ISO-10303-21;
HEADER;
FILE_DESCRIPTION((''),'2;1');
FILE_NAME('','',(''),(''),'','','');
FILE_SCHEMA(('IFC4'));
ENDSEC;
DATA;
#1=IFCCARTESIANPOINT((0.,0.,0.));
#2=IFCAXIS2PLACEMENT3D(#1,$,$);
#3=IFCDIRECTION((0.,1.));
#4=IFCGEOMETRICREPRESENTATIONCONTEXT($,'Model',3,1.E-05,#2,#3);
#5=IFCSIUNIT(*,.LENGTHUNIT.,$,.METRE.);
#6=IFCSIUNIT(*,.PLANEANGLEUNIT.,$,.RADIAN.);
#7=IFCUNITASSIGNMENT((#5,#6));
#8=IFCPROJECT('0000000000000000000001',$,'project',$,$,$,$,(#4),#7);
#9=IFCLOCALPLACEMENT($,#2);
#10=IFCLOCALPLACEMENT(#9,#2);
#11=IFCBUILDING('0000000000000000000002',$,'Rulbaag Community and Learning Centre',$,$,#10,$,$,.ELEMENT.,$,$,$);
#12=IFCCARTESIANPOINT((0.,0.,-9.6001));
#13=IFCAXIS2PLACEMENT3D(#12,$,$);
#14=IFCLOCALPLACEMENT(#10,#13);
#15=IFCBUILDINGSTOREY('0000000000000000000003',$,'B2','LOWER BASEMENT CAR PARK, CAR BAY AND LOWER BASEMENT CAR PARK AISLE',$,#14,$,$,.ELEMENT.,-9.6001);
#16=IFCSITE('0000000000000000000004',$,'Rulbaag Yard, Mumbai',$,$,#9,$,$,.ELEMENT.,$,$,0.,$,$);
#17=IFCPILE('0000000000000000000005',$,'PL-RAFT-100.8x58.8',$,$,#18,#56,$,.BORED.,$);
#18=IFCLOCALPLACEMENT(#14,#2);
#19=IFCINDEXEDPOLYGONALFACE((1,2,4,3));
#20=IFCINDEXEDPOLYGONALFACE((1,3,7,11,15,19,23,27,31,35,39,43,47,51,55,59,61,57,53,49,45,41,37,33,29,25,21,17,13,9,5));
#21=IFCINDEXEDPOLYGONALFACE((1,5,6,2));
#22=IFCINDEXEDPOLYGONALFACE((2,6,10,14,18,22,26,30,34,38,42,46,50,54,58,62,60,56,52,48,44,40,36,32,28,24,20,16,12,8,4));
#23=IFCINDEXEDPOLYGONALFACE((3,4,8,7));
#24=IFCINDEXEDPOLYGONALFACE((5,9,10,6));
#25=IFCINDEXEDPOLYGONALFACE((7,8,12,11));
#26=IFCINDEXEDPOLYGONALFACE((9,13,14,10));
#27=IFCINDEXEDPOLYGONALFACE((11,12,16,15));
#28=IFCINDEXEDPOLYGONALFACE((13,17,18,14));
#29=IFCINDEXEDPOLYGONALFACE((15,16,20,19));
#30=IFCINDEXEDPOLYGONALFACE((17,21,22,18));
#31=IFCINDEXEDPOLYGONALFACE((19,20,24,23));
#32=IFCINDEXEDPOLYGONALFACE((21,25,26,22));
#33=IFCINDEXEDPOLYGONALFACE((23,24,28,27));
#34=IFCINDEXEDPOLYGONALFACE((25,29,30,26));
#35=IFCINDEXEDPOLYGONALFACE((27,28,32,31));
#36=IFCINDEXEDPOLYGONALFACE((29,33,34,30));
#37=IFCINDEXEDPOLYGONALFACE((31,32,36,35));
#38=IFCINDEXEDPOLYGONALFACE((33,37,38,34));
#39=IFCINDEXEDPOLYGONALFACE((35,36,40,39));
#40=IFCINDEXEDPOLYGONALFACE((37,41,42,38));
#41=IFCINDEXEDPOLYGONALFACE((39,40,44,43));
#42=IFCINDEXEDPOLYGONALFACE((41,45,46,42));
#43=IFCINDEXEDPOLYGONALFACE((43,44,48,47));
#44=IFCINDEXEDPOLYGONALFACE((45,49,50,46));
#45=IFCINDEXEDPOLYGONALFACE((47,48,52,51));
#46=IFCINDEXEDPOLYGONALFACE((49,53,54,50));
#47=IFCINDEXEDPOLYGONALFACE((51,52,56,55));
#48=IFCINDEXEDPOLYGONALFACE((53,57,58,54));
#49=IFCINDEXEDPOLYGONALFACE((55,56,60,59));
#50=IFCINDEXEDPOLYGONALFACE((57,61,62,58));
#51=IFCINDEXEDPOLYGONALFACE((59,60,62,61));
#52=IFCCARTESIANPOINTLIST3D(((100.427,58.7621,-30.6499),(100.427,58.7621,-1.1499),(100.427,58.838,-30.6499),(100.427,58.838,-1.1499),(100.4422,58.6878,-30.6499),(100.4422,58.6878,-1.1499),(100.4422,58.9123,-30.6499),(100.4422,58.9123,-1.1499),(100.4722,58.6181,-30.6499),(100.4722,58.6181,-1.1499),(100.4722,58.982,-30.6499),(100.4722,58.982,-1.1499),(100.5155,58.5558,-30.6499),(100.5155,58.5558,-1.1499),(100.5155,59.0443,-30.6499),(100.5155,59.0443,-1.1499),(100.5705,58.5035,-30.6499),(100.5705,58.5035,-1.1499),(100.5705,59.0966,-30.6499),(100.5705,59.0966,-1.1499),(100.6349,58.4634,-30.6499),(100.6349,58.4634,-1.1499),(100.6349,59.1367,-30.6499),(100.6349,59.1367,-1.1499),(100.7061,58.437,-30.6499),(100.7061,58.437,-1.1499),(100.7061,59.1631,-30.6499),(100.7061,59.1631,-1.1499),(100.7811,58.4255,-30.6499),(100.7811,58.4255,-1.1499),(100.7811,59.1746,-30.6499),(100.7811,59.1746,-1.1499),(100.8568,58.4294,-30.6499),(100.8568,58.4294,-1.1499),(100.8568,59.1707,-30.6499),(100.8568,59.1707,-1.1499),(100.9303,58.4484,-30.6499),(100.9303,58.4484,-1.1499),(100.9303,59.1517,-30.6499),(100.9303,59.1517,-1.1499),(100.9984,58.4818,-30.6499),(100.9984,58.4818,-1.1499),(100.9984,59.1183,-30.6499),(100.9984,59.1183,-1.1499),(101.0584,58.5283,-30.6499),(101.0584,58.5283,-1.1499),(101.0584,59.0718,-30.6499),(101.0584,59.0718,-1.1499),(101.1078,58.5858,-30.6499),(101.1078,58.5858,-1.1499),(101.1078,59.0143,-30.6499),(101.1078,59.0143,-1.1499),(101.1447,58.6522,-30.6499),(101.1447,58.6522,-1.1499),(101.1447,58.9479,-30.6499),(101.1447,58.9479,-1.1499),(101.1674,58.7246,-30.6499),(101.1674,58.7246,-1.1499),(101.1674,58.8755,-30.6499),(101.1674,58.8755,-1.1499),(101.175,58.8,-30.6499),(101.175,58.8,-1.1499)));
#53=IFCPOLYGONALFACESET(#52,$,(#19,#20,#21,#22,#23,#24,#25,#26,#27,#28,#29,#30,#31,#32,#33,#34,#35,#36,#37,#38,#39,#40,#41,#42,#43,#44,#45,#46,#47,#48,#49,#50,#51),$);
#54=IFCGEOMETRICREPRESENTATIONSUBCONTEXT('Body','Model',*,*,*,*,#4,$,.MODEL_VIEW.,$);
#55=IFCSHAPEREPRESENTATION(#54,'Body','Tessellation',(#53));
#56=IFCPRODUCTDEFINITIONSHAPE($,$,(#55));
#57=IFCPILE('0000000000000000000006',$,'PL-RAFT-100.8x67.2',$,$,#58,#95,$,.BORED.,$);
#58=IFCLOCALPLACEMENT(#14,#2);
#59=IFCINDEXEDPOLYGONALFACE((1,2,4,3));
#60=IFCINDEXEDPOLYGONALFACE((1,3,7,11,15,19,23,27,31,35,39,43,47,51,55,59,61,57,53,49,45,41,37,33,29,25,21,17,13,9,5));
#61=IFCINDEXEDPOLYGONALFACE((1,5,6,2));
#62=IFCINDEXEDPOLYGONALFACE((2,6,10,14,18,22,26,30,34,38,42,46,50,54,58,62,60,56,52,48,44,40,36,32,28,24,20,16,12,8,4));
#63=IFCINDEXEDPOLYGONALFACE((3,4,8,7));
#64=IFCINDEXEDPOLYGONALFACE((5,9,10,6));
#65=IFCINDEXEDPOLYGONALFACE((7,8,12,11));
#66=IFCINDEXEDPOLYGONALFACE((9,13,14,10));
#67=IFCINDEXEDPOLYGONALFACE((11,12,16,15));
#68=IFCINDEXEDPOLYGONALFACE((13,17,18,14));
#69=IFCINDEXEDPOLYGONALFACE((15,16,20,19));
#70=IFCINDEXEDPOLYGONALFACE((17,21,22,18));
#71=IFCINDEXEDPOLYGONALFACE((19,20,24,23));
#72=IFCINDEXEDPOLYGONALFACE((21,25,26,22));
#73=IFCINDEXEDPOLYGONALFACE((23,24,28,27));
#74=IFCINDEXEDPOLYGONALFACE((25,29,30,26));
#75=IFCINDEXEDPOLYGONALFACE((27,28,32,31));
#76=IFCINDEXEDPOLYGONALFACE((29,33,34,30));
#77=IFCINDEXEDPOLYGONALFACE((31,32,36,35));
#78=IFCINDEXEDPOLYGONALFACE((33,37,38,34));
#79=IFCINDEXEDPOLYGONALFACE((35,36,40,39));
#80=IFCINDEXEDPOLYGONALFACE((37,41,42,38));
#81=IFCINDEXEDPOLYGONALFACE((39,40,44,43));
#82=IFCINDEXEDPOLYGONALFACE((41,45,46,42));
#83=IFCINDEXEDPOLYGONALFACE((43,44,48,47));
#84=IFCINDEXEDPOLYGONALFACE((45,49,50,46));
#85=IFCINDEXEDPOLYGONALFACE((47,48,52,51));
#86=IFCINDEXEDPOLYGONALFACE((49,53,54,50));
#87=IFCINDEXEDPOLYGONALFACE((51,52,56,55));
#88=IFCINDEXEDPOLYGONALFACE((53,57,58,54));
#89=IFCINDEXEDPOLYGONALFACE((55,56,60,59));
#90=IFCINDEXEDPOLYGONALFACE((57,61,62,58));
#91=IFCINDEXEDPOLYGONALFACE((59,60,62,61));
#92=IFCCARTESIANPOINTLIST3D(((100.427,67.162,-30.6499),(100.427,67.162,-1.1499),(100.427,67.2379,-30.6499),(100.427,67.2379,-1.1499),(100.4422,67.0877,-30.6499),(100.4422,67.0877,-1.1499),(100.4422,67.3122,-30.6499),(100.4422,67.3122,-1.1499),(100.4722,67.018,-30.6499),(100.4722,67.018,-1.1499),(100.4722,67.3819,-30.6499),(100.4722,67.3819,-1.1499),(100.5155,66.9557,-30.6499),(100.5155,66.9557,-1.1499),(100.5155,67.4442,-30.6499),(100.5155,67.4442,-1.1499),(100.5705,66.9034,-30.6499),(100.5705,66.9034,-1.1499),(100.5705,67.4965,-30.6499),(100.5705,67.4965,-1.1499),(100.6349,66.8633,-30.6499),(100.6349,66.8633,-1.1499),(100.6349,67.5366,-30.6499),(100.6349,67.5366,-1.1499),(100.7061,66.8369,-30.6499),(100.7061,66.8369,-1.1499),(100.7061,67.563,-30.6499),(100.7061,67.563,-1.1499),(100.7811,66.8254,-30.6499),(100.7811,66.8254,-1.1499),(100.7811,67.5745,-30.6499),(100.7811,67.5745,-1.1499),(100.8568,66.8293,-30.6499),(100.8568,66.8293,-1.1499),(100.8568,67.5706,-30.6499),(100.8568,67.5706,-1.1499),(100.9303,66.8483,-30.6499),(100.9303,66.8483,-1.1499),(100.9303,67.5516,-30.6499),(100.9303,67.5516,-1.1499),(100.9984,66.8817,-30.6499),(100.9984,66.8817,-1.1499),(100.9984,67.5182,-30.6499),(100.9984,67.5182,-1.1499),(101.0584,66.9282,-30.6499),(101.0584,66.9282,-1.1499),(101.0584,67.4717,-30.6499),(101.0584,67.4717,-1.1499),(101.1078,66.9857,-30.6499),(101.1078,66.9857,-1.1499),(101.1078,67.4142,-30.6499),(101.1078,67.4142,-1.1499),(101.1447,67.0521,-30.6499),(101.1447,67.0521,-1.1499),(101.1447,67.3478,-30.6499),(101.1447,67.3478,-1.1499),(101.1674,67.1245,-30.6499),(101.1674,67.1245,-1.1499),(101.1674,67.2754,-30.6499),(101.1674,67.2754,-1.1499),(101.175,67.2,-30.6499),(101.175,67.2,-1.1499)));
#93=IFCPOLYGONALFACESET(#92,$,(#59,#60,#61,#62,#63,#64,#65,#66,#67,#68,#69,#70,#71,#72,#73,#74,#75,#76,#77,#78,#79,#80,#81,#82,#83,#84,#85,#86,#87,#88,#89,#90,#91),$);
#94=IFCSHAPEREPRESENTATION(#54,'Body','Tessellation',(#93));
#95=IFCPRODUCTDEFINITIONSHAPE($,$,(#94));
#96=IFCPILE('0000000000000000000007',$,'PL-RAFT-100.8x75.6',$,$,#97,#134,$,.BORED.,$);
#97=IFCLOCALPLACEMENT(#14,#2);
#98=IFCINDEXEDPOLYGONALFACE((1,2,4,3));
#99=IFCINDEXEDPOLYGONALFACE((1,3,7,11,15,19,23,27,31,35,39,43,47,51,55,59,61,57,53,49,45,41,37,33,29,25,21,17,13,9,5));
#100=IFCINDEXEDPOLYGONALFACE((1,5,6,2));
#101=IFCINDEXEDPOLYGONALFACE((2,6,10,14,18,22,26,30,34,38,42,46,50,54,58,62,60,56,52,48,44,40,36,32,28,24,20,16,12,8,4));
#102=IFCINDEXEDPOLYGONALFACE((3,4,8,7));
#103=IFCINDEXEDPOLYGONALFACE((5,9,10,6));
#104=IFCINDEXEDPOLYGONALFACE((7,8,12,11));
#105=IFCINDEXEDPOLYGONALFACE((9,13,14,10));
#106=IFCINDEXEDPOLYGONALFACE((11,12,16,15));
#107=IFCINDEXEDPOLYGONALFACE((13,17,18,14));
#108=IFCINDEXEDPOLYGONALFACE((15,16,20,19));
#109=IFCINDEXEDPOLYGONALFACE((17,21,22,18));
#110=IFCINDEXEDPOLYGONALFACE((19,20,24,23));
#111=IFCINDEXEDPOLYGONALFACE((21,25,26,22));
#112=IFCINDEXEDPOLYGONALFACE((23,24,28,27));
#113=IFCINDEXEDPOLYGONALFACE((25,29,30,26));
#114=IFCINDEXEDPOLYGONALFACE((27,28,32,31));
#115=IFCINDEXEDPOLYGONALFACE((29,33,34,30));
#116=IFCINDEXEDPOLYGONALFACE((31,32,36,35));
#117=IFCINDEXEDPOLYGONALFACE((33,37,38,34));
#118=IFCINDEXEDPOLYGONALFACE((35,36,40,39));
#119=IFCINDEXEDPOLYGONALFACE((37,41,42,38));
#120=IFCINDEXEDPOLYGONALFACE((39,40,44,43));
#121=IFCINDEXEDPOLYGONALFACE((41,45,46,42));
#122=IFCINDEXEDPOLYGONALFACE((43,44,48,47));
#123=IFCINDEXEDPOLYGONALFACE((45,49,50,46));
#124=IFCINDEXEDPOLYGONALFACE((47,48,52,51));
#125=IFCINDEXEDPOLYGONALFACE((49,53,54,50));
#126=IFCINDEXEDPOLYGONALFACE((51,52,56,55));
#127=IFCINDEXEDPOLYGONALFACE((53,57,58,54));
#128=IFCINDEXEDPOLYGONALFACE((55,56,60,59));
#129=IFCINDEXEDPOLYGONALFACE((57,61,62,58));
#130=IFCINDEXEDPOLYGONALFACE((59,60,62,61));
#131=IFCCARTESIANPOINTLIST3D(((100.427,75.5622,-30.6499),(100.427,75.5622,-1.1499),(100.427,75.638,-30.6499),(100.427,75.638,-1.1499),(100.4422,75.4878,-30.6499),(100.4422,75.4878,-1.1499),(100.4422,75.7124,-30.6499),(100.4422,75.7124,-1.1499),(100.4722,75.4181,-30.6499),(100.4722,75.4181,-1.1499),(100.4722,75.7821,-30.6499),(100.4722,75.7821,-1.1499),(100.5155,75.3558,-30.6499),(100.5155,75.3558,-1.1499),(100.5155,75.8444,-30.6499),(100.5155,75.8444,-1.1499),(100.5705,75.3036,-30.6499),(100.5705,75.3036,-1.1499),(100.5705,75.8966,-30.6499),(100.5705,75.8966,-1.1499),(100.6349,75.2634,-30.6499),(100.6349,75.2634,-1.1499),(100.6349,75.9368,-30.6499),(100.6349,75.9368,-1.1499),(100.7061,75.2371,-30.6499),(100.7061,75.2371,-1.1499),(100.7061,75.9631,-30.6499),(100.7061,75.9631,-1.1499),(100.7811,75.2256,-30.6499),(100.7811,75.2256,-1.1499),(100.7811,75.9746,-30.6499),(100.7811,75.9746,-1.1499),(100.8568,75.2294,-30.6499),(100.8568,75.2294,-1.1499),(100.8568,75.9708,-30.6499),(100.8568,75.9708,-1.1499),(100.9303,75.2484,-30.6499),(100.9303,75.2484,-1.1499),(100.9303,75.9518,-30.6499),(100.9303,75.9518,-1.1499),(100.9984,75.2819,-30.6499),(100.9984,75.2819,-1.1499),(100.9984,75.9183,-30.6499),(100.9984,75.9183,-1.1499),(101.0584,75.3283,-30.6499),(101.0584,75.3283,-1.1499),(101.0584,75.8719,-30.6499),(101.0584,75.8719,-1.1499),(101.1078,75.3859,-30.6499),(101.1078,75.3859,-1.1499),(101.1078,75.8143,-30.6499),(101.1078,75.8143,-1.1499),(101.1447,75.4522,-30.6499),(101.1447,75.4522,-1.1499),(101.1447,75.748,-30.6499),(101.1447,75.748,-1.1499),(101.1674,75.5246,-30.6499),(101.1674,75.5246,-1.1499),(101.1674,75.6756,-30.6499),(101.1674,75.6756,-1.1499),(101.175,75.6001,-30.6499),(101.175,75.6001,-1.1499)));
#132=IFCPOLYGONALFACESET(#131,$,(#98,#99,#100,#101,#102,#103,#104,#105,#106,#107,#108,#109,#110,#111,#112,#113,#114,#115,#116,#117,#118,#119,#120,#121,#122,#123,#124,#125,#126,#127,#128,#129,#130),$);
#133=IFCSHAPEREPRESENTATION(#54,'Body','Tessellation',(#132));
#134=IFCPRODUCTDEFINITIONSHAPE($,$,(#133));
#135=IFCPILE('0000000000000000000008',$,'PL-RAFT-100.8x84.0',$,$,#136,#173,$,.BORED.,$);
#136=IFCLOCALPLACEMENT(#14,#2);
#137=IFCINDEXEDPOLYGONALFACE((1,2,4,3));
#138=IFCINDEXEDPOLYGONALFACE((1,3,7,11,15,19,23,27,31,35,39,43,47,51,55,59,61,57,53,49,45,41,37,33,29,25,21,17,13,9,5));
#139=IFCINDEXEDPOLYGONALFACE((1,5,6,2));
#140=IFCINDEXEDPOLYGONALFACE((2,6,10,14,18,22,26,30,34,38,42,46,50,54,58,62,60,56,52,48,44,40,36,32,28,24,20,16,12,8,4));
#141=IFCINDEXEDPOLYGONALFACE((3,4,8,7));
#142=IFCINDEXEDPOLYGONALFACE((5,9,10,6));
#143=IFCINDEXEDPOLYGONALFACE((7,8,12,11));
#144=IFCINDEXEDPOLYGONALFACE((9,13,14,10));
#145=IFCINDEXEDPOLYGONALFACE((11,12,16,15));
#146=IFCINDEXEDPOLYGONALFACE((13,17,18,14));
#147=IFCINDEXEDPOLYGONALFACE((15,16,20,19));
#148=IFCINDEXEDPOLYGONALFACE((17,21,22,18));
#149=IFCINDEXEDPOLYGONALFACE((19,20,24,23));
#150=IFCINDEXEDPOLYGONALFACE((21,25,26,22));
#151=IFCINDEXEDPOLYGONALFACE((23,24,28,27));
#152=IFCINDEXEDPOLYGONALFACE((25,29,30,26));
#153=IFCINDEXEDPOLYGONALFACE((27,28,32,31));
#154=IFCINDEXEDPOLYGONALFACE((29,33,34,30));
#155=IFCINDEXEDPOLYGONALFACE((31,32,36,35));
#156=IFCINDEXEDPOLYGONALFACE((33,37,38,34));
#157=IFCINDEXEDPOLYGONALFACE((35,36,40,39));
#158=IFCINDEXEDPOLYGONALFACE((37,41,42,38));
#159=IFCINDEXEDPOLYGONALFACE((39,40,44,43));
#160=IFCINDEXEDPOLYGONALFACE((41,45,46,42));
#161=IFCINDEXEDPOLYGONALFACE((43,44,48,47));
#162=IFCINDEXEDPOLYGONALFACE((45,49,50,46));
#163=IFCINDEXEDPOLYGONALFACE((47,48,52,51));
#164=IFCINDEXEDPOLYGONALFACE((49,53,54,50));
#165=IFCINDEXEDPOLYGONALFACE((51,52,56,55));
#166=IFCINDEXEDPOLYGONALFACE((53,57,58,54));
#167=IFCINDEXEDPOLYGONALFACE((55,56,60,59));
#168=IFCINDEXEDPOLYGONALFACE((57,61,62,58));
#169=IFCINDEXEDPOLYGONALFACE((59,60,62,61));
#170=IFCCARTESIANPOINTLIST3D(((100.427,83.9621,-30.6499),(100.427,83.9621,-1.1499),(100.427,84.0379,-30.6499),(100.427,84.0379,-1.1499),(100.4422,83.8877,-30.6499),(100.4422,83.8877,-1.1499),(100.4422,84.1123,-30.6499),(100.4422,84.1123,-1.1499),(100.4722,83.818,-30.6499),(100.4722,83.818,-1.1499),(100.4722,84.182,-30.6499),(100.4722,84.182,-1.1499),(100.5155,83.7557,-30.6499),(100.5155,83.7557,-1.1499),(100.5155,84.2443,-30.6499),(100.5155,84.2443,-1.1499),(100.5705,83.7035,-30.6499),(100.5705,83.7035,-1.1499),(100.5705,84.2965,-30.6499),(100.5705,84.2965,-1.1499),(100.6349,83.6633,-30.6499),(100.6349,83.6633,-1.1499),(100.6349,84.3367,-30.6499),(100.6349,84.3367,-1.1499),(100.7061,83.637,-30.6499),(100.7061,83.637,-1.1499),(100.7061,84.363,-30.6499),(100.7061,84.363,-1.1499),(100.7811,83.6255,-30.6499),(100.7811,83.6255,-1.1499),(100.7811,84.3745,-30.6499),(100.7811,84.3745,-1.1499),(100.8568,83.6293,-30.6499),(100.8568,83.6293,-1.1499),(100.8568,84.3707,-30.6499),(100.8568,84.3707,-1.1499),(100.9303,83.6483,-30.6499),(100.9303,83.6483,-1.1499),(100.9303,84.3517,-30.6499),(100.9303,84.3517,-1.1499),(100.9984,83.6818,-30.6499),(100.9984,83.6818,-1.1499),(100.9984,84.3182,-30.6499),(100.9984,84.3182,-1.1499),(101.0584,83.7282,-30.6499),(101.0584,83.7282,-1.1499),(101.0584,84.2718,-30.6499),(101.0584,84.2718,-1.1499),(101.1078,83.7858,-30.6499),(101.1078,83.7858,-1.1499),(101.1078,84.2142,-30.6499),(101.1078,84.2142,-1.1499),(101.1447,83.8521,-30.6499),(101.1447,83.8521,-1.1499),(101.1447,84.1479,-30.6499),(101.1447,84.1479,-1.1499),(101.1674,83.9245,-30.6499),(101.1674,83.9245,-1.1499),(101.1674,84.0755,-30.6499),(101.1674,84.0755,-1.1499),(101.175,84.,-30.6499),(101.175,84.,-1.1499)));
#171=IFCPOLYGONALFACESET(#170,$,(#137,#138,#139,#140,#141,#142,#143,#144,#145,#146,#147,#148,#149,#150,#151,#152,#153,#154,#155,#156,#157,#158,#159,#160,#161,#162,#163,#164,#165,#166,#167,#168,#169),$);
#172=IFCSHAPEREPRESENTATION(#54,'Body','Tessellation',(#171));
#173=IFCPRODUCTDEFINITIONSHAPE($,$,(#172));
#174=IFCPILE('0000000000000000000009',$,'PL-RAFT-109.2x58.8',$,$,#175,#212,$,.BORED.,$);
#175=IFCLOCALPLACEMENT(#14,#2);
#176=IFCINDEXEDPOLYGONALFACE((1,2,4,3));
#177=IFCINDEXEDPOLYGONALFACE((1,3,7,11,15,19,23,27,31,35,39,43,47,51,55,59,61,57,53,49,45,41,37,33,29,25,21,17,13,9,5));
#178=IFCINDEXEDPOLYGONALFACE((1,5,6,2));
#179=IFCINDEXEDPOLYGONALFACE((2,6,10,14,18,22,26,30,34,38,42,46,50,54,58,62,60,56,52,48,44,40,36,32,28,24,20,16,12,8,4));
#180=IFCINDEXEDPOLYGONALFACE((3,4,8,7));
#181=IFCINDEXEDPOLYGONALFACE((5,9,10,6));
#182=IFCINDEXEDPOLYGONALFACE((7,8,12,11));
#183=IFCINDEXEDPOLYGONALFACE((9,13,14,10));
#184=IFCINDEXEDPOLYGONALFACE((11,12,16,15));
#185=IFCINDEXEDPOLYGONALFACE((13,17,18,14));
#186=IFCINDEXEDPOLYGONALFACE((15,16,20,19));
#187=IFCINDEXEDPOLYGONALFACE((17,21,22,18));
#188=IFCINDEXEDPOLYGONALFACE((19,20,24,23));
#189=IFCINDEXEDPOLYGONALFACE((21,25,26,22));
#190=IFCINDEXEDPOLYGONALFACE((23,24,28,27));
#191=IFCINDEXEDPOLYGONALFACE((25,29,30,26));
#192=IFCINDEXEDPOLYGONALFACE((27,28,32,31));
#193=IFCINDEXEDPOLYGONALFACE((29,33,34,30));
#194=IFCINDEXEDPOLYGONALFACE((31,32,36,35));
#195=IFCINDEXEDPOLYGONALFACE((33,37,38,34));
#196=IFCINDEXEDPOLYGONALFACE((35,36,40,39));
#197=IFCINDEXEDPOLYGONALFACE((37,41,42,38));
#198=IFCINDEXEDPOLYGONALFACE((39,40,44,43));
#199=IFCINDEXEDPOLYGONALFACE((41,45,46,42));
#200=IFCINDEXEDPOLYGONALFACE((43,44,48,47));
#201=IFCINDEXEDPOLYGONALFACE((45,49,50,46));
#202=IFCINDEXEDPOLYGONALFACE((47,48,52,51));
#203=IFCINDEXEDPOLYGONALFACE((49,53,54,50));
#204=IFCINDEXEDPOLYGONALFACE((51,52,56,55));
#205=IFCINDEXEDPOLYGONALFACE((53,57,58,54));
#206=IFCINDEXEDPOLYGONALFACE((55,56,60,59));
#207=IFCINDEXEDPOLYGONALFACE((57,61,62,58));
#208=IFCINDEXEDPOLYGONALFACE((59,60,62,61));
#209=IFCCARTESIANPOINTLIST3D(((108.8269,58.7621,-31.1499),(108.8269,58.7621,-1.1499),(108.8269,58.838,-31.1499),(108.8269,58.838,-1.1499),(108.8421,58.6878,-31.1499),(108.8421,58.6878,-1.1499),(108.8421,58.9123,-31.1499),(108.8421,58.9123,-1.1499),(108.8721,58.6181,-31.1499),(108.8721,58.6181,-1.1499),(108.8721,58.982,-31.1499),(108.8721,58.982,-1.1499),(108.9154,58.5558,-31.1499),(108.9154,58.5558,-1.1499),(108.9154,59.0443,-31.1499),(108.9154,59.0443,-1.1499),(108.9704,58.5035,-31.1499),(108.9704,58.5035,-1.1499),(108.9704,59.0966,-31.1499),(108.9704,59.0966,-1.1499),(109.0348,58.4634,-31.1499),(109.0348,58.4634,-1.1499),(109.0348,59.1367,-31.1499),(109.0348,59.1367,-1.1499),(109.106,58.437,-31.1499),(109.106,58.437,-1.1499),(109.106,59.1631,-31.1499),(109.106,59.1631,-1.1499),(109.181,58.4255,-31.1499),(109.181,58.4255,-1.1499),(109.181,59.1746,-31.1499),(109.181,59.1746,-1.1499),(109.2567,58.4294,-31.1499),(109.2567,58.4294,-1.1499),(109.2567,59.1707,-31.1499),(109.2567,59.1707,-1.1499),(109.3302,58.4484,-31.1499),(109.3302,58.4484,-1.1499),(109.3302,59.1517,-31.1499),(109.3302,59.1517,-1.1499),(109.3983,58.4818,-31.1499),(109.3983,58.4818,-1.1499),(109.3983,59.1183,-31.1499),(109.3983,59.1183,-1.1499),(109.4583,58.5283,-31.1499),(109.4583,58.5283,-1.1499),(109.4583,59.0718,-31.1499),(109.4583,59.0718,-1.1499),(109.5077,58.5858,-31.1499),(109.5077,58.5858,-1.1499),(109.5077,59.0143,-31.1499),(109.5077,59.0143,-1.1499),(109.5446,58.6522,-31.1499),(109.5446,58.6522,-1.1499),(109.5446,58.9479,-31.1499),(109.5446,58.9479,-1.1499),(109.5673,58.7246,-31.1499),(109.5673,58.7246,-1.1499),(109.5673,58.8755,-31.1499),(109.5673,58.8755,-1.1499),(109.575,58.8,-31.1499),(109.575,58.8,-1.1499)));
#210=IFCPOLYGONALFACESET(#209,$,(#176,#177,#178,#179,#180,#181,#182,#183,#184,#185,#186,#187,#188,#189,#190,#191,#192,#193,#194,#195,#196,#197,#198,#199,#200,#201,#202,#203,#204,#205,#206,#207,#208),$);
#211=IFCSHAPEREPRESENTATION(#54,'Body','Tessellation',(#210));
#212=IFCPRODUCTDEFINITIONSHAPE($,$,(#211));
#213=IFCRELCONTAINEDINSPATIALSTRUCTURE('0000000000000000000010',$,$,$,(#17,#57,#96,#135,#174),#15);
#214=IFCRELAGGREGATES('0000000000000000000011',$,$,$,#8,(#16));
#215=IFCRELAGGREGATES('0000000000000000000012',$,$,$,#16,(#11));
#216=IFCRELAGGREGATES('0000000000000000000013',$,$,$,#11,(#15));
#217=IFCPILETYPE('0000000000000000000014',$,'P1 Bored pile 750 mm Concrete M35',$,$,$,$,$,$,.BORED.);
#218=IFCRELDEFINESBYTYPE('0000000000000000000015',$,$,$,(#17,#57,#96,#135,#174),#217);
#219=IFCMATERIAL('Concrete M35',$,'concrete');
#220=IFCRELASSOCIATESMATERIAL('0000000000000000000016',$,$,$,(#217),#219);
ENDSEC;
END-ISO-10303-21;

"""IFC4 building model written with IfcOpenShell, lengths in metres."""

from ifc_helpers import new_model, si_unit, direction, frame, origin, origin_2d, place, context, subcontext, project, spatial, circle, extrude, material, material_profile, profile_set, type_object, element, save


model = new_model("IFC4")

# Units and contexts
model_context = context("Model", 3, precision=1e-05, world=origin(), true_north=direction((0.0, 1.0)))
body_context = subcontext(model_context, "Body", "Model", "MODEL_VIEW")
ifc_project = project(units=[si_unit("LENGTHUNIT", "METRE"), si_unit("PLANEANGLEUNIT", "RADIAN")], contexts=[model_context])

# Site, building, storey
site_placement = place(None, origin())
site = spatial("IfcSite", under=ifc_project, at=site_placement, Name="Rulbaag Yard, Mumbai", CompositionType="ELEMENT", RefElevation=0.0)
building_placement = place(site_placement, origin())
building = spatial("IfcBuilding", under=site, at=building_placement, Name="Rulbaag Community and Learning Centre", CompositionType="ELEMENT")
storey_placement = place(building_placement, frame((0.0, 0.0, -9.6001)))
storey = spatial("IfcBuildingStorey", under=building, at=storey_placement, Name="B2", Description="LOWER BASEMENT CAR PARK, CAR BAY AND LOWER BASEMENT CAR PARK AISLE", CompositionType="ELEMENT", Elevation=-9.6001)

# Piles
ifc_material_1 = material(Name="Concrete M35", Category="concrete")
ifc_material_profile_1 = material_profile(ifc_material_1, circle(Radius=0.375, at=origin_2d()), Name="BP750")
ifc_profile_set_1 = profile_set([ifc_material_profile_1], Name="Concrete M35")
pile_type_1 = type_object("IfcPileType", Name="P1 Bored pile 750 mm Concrete M35", PredefinedType="BORED", material=ifc_profile_set_1)
for number, where, z_axis, x_axis, name in (
    (1, (100.8, 58.8, -1.1499), (0.0, 0.0, -1.0), (1.0, 0.0, 0.0), "PL-RAFT-100.8x58.8"),
    (2, (100.8, 67.2, -1.1499), (0.0, 0.0, -1.0), (1.0, 0.0, 0.0), "PL-RAFT-100.8x67.2"),
    (3, (100.8, 75.6001, -1.1499), (0.0, 0.0, -1.0), (1.0, 0.0, 0.0), "PL-RAFT-100.8x75.6"),
    (4, (100.8, 84.0, -1.1499), (0.0, 0.0, -1.0), (1.0, 0.0, 0.0), "PL-RAFT-100.8x84.0"),
):
    element("IfcPile", number, at=place(storey_placement, frame(where, z_axis=z_axis, x_axis=x_axis)), inside=storey, type_object=pile_type_1, Name=name, PredefinedType="BORED", context=body_context, shape_type="SweptSolid", body=[
        extrude(circle(Radius=0.375, at=origin_2d()), origin(), (0.0, 0.0, 1.0), 29.5),
    ])
for number, where, z_axis, x_axis, name in (
    (5, (109.2, 58.8, -1.1499), (0.0, 0.0, -1.0), (1.0, 0.0, 0.0), "PL-RAFT-109.2x58.8"),
):
    element("IfcPile", number, at=place(storey_placement, frame(where, z_axis=z_axis, x_axis=x_axis)), inside=storey, type_object=pile_type_1, Name=name, PredefinedType="BORED", context=body_context, shape_type="SweptSolid", body=[
        extrude(circle(Radius=0.375, at=origin_2d()), origin(), (0.0, 0.0, 1.0), 30.0),
    ])

save(model, "model.ifc")
